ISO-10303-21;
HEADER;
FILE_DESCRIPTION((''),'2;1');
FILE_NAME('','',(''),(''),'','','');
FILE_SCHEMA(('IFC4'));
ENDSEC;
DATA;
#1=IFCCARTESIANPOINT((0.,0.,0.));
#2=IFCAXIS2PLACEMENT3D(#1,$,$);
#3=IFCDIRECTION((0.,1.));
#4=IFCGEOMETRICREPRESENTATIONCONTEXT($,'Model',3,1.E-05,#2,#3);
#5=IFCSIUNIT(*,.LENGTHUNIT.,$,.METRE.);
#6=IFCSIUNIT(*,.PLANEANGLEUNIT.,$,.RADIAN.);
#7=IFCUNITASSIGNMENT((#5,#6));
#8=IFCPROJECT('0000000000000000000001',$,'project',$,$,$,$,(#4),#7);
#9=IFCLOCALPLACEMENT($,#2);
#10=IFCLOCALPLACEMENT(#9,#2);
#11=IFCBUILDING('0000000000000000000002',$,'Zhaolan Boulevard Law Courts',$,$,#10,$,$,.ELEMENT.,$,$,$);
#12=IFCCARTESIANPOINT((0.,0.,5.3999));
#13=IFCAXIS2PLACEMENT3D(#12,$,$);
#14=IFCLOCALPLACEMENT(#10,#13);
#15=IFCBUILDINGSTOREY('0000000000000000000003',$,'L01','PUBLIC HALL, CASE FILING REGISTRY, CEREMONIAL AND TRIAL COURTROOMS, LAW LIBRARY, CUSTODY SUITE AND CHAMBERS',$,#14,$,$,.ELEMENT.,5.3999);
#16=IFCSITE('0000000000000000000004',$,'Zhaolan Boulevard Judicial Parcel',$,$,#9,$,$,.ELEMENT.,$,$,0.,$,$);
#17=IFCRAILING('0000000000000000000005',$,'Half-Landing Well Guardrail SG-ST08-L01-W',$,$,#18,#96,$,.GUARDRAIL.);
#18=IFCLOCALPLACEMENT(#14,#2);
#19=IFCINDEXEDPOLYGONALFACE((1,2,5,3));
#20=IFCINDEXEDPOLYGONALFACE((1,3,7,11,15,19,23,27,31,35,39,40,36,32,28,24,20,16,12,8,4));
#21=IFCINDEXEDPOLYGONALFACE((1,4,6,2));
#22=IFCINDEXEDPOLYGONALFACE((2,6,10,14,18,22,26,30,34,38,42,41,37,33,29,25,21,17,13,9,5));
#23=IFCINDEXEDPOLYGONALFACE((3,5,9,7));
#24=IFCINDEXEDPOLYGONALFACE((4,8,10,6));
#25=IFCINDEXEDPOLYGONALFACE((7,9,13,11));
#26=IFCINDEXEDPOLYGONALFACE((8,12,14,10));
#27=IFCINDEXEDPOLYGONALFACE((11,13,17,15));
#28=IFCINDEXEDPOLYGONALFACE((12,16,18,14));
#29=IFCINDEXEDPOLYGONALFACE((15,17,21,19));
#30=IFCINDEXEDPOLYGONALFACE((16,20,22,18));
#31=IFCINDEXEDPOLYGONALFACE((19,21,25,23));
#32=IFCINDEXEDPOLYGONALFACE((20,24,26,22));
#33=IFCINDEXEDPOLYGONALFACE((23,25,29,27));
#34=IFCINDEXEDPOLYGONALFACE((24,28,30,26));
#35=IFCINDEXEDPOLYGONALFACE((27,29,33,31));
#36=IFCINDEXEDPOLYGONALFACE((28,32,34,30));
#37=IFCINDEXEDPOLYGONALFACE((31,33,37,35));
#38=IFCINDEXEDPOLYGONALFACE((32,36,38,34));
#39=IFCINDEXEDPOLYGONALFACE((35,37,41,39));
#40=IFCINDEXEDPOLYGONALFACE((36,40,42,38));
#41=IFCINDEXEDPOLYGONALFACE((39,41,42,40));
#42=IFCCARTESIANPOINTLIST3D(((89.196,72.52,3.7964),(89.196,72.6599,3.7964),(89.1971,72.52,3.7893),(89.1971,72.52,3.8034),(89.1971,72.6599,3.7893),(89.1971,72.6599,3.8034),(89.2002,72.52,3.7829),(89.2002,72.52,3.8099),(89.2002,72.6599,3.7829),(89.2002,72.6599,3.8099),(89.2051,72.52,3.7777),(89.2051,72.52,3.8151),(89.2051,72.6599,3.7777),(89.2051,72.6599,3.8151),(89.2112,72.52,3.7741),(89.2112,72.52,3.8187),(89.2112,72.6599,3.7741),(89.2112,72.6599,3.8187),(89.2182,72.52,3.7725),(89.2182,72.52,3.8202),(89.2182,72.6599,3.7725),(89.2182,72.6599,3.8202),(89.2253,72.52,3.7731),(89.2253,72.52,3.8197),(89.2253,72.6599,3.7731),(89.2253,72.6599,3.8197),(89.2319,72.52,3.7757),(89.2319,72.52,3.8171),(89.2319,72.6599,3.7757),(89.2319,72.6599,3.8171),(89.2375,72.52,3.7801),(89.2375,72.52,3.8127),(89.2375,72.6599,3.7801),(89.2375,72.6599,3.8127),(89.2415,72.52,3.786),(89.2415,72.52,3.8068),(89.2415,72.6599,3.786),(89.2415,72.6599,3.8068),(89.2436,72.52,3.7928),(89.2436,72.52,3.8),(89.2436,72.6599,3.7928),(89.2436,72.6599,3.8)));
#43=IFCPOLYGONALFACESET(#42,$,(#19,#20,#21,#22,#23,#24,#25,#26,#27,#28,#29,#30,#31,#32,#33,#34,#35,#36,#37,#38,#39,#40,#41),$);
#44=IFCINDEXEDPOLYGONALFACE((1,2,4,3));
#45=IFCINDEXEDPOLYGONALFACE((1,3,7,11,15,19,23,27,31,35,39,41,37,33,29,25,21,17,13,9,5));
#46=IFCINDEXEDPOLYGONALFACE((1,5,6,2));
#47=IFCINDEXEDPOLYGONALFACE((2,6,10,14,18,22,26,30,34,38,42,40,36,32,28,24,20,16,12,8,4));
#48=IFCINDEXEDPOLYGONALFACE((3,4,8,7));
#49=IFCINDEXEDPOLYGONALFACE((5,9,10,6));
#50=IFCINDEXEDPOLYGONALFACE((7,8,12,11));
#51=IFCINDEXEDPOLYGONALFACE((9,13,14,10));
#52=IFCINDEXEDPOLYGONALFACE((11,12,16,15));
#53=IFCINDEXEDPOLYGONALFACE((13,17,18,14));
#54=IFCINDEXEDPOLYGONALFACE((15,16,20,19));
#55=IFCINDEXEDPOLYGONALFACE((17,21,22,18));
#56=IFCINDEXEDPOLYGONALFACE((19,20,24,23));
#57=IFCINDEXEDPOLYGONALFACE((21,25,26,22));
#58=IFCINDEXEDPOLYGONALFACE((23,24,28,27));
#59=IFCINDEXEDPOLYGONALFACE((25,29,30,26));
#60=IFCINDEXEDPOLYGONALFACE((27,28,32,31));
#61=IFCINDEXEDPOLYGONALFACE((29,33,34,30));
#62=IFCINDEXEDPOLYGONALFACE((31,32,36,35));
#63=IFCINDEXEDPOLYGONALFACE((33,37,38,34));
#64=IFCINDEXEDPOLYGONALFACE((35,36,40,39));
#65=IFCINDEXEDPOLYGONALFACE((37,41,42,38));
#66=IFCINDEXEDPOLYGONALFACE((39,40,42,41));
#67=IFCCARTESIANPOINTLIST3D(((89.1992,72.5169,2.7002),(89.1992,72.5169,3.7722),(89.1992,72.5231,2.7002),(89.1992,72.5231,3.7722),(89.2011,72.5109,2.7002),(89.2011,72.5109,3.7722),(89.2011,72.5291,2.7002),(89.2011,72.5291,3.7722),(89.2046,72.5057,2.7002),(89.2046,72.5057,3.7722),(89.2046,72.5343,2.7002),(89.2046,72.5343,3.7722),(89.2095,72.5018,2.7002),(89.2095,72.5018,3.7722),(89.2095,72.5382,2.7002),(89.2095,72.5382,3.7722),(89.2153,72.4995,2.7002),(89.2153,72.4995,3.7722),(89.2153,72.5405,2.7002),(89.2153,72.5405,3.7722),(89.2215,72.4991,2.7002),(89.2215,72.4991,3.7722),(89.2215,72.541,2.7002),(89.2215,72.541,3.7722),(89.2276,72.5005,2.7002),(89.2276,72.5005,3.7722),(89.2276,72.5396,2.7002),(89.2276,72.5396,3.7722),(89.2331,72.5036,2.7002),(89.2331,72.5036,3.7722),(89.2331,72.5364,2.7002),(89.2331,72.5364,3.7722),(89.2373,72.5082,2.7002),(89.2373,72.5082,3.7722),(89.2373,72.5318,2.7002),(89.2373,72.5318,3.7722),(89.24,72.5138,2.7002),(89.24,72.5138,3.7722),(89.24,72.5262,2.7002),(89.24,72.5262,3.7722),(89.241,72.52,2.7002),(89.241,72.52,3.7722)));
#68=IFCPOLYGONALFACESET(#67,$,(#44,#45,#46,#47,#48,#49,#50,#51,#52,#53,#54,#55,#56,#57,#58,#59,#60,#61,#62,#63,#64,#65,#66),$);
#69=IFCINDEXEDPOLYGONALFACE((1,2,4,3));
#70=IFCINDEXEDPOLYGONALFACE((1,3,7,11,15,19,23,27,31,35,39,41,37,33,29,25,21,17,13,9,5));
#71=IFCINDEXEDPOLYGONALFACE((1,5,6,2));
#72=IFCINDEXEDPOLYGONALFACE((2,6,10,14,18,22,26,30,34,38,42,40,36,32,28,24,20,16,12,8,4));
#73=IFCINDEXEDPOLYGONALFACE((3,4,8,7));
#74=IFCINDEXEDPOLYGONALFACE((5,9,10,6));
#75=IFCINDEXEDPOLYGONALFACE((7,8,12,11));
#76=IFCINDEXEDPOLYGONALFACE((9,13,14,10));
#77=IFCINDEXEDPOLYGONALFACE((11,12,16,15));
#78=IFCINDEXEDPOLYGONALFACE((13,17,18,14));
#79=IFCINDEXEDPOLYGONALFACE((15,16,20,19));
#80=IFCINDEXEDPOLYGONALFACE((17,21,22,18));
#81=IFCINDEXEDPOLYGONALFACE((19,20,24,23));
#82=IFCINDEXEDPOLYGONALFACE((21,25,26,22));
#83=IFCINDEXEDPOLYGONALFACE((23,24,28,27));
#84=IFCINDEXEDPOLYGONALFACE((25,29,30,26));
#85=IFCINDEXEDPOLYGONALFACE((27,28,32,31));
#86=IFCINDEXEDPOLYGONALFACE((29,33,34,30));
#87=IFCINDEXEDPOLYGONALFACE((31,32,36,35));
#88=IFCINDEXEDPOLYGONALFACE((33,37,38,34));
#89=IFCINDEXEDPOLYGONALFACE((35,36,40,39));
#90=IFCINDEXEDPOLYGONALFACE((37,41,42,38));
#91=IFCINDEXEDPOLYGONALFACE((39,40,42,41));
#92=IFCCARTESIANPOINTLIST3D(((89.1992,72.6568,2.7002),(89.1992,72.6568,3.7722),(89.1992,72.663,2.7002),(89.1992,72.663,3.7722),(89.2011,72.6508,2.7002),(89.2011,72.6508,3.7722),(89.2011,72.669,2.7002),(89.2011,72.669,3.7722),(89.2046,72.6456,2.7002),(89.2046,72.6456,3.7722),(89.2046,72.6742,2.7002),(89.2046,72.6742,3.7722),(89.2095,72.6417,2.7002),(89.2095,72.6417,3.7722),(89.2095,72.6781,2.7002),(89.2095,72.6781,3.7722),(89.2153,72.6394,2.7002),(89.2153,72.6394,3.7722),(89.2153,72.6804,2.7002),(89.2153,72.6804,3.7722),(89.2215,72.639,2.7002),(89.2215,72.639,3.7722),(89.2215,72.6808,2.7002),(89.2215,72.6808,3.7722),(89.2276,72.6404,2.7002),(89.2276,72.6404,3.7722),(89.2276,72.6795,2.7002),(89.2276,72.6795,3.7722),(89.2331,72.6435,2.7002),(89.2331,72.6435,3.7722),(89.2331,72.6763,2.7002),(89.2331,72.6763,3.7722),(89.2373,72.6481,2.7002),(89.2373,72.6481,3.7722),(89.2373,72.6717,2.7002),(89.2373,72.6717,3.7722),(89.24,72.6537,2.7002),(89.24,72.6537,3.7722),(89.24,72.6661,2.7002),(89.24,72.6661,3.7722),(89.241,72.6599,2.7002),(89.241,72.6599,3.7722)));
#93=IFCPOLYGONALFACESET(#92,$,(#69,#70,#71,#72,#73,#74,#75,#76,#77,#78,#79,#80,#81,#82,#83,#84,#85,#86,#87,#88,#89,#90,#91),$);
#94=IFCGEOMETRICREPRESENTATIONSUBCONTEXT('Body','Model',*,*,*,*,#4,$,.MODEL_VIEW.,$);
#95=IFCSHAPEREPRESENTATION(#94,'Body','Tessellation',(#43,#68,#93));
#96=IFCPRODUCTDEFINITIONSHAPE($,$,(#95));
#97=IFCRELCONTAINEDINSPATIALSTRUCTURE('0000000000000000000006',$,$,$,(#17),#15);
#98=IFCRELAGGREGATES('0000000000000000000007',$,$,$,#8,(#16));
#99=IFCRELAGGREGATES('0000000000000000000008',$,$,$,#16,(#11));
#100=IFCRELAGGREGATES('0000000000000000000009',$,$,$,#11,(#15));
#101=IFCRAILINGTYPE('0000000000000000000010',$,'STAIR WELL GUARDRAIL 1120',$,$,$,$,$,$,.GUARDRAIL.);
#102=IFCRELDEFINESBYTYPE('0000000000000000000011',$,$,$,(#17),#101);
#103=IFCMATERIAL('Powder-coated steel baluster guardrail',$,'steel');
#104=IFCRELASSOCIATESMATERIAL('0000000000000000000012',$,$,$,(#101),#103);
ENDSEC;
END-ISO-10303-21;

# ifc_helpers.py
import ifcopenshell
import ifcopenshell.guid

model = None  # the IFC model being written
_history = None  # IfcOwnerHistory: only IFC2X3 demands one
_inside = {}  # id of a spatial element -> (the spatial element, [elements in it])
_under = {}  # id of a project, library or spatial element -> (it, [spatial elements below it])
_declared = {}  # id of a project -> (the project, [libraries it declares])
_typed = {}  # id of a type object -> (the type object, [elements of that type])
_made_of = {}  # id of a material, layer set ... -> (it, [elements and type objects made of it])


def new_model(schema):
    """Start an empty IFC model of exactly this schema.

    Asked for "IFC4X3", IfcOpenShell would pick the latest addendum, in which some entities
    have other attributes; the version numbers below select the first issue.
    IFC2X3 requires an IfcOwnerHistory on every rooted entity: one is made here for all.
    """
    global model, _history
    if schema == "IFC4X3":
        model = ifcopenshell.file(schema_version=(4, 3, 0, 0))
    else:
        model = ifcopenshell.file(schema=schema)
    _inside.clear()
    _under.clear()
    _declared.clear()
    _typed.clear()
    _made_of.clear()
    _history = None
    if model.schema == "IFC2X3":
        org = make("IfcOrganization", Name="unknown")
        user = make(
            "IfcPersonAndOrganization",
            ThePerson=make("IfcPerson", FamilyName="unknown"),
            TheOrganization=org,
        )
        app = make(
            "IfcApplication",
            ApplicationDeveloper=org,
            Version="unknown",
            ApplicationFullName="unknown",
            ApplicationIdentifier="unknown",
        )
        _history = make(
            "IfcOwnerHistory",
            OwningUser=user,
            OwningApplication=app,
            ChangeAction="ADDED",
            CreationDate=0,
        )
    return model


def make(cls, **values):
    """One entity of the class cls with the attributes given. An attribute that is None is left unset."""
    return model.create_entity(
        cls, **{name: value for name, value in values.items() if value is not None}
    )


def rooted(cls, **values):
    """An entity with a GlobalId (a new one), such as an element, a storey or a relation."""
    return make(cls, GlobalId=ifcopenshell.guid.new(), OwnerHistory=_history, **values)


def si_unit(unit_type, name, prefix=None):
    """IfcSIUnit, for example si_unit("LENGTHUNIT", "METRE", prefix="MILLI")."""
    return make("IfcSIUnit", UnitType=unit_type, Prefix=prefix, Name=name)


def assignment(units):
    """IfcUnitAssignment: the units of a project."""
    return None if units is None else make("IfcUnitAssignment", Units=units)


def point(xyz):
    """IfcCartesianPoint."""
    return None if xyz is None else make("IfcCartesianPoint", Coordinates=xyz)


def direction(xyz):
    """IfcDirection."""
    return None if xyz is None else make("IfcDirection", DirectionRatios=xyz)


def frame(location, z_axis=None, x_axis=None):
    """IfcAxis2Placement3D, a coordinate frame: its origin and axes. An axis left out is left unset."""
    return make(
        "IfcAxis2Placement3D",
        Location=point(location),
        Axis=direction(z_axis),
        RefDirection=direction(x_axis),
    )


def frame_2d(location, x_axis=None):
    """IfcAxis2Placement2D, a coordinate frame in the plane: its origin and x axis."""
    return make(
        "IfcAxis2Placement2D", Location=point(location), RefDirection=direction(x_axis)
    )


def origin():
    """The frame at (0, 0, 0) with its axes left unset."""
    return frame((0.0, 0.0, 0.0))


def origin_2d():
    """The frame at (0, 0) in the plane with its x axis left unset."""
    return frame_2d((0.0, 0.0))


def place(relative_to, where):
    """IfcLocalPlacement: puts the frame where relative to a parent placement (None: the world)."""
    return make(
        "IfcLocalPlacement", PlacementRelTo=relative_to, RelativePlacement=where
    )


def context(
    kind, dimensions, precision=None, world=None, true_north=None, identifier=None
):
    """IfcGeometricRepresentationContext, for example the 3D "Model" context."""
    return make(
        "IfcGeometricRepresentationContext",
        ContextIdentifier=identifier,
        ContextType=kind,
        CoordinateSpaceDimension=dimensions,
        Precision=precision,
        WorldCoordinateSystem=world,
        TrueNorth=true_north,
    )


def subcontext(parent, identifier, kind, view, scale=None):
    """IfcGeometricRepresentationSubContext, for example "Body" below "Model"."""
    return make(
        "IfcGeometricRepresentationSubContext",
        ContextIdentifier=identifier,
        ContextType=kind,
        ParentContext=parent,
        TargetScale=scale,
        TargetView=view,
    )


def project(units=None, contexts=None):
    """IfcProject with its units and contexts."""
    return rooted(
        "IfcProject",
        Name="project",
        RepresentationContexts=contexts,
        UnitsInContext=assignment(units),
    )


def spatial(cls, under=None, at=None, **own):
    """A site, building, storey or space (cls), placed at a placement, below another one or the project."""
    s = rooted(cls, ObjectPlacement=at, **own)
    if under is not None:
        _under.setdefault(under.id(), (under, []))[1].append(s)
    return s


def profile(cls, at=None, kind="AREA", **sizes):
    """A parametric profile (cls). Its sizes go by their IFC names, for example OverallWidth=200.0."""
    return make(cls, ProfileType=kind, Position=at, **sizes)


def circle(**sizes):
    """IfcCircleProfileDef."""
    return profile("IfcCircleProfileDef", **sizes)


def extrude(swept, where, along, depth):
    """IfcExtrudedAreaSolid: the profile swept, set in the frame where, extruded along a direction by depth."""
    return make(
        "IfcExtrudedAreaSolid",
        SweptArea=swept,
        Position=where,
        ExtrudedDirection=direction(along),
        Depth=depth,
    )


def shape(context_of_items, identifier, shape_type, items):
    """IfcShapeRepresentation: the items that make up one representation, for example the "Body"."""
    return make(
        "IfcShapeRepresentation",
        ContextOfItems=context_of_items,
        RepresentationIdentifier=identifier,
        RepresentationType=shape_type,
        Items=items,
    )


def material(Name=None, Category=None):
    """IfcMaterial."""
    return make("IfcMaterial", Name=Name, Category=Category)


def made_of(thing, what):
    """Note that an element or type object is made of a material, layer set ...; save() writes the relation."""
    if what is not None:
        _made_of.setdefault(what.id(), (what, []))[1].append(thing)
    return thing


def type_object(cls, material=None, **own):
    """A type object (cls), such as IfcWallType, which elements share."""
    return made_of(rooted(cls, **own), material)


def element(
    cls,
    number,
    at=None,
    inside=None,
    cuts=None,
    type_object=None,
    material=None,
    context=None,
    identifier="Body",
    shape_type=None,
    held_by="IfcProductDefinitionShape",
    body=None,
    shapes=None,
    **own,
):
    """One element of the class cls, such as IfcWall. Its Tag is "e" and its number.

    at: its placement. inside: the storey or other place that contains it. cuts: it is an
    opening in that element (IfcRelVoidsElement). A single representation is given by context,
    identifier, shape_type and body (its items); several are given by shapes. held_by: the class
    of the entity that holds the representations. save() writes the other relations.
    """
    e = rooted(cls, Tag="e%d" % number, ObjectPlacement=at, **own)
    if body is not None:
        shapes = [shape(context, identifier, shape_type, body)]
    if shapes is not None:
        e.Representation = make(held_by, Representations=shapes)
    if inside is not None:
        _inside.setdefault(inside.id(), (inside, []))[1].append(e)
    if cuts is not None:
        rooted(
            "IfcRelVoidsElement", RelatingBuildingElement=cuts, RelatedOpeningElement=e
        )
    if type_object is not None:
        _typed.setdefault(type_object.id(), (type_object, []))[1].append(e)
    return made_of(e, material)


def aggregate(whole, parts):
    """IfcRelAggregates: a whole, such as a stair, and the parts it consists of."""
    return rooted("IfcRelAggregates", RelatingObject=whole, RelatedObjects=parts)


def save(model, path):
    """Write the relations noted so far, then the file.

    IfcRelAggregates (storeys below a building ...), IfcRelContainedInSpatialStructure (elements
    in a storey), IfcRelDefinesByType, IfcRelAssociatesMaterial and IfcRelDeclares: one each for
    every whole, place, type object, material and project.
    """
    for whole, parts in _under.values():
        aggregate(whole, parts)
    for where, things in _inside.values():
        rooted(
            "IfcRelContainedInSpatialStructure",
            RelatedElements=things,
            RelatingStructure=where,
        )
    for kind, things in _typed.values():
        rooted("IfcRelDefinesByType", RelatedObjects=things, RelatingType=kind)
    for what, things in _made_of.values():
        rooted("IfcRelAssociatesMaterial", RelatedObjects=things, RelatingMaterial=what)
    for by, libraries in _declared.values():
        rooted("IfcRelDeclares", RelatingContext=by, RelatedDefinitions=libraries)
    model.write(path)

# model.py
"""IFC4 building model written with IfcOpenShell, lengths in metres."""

from ifc_helpers import new_model, si_unit, direction, frame, origin, origin_2d, place, context, subcontext, project, spatial, circle, extrude, material, type_object, element, save


model = new_model("IFC4")

# Units and contexts
model_context = context("Model", 3, precision=1e-05, world=origin(), true_north=direction((0.0, 1.0)))
body_context = subcontext(model_context, "Body", "Model", "MODEL_VIEW")
ifc_project = project(units=[si_unit("LENGTHUNIT", "METRE"), si_unit("PLANEANGLEUNIT", "RADIAN")], contexts=[model_context])

# Site, building, storey
site_placement = place(None, origin())
site = spatial("IfcSite", under=ifc_project, at=site_placement, Name="Zhaolan Boulevard Judicial Parcel", CompositionType="ELEMENT", RefElevation=0.0)
building_placement = place(site_placement, origin())
building = spatial("IfcBuilding", under=site, at=building_placement, Name="Zhaolan Boulevard Law Courts", CompositionType="ELEMENT")
storey_placement = place(building_placement, frame((0.0, 0.0, 5.3999)))
storey = spatial("IfcBuildingStorey", under=building, at=storey_placement, Name="L01", Description="PUBLIC HALL, CASE FILING REGISTRY, CEREMONIAL AND TRIAL COURTROOMS, LAW LIBRARY, CUSTODY SUITE AND CHAMBERS", CompositionType="ELEMENT", Elevation=5.3999)

# Railing
ifc_material_1 = material(Name="Powder-coated steel baluster guardrail", Category="steel")
railing_type_1 = type_object("IfcRailingType", Name="STAIR WELL GUARDRAIL 1120", PredefinedType="GUARDRAIL", material=ifc_material_1)
railing_1_placement = place(storey_placement, frame((89.22, 72.52, 2.7002)))
element("IfcRailing", 1, at=railing_1_placement, inside=storey, type_object=railing_type_1, Name="Half-Landing Well Guardrail SG-ST08-L01-W", PredefinedType="GUARDRAIL", context=body_context, shape_type="SweptSolid", body=[
    extrude(circle(Radius=0.0239, at=origin_2d()), frame((0.0, 0.0, 1.0962), z_axis=(0.0, 1.0, 0.0), x_axis=(-1.0, 0.0, 0.0)), (0.0, 0.0, 1.0), 0.1399),
    extrude(circle(Radius=0.021, at=origin_2d()), origin(), (0.0, 0.0, 1.0), 1.072),
    extrude(circle(Radius=0.021, at=origin_2d()), frame((0.0, 0.1399, 0.0)), (0.0, 0.0, 1.0), 1.072),
])

save(model, "model.ifc")
